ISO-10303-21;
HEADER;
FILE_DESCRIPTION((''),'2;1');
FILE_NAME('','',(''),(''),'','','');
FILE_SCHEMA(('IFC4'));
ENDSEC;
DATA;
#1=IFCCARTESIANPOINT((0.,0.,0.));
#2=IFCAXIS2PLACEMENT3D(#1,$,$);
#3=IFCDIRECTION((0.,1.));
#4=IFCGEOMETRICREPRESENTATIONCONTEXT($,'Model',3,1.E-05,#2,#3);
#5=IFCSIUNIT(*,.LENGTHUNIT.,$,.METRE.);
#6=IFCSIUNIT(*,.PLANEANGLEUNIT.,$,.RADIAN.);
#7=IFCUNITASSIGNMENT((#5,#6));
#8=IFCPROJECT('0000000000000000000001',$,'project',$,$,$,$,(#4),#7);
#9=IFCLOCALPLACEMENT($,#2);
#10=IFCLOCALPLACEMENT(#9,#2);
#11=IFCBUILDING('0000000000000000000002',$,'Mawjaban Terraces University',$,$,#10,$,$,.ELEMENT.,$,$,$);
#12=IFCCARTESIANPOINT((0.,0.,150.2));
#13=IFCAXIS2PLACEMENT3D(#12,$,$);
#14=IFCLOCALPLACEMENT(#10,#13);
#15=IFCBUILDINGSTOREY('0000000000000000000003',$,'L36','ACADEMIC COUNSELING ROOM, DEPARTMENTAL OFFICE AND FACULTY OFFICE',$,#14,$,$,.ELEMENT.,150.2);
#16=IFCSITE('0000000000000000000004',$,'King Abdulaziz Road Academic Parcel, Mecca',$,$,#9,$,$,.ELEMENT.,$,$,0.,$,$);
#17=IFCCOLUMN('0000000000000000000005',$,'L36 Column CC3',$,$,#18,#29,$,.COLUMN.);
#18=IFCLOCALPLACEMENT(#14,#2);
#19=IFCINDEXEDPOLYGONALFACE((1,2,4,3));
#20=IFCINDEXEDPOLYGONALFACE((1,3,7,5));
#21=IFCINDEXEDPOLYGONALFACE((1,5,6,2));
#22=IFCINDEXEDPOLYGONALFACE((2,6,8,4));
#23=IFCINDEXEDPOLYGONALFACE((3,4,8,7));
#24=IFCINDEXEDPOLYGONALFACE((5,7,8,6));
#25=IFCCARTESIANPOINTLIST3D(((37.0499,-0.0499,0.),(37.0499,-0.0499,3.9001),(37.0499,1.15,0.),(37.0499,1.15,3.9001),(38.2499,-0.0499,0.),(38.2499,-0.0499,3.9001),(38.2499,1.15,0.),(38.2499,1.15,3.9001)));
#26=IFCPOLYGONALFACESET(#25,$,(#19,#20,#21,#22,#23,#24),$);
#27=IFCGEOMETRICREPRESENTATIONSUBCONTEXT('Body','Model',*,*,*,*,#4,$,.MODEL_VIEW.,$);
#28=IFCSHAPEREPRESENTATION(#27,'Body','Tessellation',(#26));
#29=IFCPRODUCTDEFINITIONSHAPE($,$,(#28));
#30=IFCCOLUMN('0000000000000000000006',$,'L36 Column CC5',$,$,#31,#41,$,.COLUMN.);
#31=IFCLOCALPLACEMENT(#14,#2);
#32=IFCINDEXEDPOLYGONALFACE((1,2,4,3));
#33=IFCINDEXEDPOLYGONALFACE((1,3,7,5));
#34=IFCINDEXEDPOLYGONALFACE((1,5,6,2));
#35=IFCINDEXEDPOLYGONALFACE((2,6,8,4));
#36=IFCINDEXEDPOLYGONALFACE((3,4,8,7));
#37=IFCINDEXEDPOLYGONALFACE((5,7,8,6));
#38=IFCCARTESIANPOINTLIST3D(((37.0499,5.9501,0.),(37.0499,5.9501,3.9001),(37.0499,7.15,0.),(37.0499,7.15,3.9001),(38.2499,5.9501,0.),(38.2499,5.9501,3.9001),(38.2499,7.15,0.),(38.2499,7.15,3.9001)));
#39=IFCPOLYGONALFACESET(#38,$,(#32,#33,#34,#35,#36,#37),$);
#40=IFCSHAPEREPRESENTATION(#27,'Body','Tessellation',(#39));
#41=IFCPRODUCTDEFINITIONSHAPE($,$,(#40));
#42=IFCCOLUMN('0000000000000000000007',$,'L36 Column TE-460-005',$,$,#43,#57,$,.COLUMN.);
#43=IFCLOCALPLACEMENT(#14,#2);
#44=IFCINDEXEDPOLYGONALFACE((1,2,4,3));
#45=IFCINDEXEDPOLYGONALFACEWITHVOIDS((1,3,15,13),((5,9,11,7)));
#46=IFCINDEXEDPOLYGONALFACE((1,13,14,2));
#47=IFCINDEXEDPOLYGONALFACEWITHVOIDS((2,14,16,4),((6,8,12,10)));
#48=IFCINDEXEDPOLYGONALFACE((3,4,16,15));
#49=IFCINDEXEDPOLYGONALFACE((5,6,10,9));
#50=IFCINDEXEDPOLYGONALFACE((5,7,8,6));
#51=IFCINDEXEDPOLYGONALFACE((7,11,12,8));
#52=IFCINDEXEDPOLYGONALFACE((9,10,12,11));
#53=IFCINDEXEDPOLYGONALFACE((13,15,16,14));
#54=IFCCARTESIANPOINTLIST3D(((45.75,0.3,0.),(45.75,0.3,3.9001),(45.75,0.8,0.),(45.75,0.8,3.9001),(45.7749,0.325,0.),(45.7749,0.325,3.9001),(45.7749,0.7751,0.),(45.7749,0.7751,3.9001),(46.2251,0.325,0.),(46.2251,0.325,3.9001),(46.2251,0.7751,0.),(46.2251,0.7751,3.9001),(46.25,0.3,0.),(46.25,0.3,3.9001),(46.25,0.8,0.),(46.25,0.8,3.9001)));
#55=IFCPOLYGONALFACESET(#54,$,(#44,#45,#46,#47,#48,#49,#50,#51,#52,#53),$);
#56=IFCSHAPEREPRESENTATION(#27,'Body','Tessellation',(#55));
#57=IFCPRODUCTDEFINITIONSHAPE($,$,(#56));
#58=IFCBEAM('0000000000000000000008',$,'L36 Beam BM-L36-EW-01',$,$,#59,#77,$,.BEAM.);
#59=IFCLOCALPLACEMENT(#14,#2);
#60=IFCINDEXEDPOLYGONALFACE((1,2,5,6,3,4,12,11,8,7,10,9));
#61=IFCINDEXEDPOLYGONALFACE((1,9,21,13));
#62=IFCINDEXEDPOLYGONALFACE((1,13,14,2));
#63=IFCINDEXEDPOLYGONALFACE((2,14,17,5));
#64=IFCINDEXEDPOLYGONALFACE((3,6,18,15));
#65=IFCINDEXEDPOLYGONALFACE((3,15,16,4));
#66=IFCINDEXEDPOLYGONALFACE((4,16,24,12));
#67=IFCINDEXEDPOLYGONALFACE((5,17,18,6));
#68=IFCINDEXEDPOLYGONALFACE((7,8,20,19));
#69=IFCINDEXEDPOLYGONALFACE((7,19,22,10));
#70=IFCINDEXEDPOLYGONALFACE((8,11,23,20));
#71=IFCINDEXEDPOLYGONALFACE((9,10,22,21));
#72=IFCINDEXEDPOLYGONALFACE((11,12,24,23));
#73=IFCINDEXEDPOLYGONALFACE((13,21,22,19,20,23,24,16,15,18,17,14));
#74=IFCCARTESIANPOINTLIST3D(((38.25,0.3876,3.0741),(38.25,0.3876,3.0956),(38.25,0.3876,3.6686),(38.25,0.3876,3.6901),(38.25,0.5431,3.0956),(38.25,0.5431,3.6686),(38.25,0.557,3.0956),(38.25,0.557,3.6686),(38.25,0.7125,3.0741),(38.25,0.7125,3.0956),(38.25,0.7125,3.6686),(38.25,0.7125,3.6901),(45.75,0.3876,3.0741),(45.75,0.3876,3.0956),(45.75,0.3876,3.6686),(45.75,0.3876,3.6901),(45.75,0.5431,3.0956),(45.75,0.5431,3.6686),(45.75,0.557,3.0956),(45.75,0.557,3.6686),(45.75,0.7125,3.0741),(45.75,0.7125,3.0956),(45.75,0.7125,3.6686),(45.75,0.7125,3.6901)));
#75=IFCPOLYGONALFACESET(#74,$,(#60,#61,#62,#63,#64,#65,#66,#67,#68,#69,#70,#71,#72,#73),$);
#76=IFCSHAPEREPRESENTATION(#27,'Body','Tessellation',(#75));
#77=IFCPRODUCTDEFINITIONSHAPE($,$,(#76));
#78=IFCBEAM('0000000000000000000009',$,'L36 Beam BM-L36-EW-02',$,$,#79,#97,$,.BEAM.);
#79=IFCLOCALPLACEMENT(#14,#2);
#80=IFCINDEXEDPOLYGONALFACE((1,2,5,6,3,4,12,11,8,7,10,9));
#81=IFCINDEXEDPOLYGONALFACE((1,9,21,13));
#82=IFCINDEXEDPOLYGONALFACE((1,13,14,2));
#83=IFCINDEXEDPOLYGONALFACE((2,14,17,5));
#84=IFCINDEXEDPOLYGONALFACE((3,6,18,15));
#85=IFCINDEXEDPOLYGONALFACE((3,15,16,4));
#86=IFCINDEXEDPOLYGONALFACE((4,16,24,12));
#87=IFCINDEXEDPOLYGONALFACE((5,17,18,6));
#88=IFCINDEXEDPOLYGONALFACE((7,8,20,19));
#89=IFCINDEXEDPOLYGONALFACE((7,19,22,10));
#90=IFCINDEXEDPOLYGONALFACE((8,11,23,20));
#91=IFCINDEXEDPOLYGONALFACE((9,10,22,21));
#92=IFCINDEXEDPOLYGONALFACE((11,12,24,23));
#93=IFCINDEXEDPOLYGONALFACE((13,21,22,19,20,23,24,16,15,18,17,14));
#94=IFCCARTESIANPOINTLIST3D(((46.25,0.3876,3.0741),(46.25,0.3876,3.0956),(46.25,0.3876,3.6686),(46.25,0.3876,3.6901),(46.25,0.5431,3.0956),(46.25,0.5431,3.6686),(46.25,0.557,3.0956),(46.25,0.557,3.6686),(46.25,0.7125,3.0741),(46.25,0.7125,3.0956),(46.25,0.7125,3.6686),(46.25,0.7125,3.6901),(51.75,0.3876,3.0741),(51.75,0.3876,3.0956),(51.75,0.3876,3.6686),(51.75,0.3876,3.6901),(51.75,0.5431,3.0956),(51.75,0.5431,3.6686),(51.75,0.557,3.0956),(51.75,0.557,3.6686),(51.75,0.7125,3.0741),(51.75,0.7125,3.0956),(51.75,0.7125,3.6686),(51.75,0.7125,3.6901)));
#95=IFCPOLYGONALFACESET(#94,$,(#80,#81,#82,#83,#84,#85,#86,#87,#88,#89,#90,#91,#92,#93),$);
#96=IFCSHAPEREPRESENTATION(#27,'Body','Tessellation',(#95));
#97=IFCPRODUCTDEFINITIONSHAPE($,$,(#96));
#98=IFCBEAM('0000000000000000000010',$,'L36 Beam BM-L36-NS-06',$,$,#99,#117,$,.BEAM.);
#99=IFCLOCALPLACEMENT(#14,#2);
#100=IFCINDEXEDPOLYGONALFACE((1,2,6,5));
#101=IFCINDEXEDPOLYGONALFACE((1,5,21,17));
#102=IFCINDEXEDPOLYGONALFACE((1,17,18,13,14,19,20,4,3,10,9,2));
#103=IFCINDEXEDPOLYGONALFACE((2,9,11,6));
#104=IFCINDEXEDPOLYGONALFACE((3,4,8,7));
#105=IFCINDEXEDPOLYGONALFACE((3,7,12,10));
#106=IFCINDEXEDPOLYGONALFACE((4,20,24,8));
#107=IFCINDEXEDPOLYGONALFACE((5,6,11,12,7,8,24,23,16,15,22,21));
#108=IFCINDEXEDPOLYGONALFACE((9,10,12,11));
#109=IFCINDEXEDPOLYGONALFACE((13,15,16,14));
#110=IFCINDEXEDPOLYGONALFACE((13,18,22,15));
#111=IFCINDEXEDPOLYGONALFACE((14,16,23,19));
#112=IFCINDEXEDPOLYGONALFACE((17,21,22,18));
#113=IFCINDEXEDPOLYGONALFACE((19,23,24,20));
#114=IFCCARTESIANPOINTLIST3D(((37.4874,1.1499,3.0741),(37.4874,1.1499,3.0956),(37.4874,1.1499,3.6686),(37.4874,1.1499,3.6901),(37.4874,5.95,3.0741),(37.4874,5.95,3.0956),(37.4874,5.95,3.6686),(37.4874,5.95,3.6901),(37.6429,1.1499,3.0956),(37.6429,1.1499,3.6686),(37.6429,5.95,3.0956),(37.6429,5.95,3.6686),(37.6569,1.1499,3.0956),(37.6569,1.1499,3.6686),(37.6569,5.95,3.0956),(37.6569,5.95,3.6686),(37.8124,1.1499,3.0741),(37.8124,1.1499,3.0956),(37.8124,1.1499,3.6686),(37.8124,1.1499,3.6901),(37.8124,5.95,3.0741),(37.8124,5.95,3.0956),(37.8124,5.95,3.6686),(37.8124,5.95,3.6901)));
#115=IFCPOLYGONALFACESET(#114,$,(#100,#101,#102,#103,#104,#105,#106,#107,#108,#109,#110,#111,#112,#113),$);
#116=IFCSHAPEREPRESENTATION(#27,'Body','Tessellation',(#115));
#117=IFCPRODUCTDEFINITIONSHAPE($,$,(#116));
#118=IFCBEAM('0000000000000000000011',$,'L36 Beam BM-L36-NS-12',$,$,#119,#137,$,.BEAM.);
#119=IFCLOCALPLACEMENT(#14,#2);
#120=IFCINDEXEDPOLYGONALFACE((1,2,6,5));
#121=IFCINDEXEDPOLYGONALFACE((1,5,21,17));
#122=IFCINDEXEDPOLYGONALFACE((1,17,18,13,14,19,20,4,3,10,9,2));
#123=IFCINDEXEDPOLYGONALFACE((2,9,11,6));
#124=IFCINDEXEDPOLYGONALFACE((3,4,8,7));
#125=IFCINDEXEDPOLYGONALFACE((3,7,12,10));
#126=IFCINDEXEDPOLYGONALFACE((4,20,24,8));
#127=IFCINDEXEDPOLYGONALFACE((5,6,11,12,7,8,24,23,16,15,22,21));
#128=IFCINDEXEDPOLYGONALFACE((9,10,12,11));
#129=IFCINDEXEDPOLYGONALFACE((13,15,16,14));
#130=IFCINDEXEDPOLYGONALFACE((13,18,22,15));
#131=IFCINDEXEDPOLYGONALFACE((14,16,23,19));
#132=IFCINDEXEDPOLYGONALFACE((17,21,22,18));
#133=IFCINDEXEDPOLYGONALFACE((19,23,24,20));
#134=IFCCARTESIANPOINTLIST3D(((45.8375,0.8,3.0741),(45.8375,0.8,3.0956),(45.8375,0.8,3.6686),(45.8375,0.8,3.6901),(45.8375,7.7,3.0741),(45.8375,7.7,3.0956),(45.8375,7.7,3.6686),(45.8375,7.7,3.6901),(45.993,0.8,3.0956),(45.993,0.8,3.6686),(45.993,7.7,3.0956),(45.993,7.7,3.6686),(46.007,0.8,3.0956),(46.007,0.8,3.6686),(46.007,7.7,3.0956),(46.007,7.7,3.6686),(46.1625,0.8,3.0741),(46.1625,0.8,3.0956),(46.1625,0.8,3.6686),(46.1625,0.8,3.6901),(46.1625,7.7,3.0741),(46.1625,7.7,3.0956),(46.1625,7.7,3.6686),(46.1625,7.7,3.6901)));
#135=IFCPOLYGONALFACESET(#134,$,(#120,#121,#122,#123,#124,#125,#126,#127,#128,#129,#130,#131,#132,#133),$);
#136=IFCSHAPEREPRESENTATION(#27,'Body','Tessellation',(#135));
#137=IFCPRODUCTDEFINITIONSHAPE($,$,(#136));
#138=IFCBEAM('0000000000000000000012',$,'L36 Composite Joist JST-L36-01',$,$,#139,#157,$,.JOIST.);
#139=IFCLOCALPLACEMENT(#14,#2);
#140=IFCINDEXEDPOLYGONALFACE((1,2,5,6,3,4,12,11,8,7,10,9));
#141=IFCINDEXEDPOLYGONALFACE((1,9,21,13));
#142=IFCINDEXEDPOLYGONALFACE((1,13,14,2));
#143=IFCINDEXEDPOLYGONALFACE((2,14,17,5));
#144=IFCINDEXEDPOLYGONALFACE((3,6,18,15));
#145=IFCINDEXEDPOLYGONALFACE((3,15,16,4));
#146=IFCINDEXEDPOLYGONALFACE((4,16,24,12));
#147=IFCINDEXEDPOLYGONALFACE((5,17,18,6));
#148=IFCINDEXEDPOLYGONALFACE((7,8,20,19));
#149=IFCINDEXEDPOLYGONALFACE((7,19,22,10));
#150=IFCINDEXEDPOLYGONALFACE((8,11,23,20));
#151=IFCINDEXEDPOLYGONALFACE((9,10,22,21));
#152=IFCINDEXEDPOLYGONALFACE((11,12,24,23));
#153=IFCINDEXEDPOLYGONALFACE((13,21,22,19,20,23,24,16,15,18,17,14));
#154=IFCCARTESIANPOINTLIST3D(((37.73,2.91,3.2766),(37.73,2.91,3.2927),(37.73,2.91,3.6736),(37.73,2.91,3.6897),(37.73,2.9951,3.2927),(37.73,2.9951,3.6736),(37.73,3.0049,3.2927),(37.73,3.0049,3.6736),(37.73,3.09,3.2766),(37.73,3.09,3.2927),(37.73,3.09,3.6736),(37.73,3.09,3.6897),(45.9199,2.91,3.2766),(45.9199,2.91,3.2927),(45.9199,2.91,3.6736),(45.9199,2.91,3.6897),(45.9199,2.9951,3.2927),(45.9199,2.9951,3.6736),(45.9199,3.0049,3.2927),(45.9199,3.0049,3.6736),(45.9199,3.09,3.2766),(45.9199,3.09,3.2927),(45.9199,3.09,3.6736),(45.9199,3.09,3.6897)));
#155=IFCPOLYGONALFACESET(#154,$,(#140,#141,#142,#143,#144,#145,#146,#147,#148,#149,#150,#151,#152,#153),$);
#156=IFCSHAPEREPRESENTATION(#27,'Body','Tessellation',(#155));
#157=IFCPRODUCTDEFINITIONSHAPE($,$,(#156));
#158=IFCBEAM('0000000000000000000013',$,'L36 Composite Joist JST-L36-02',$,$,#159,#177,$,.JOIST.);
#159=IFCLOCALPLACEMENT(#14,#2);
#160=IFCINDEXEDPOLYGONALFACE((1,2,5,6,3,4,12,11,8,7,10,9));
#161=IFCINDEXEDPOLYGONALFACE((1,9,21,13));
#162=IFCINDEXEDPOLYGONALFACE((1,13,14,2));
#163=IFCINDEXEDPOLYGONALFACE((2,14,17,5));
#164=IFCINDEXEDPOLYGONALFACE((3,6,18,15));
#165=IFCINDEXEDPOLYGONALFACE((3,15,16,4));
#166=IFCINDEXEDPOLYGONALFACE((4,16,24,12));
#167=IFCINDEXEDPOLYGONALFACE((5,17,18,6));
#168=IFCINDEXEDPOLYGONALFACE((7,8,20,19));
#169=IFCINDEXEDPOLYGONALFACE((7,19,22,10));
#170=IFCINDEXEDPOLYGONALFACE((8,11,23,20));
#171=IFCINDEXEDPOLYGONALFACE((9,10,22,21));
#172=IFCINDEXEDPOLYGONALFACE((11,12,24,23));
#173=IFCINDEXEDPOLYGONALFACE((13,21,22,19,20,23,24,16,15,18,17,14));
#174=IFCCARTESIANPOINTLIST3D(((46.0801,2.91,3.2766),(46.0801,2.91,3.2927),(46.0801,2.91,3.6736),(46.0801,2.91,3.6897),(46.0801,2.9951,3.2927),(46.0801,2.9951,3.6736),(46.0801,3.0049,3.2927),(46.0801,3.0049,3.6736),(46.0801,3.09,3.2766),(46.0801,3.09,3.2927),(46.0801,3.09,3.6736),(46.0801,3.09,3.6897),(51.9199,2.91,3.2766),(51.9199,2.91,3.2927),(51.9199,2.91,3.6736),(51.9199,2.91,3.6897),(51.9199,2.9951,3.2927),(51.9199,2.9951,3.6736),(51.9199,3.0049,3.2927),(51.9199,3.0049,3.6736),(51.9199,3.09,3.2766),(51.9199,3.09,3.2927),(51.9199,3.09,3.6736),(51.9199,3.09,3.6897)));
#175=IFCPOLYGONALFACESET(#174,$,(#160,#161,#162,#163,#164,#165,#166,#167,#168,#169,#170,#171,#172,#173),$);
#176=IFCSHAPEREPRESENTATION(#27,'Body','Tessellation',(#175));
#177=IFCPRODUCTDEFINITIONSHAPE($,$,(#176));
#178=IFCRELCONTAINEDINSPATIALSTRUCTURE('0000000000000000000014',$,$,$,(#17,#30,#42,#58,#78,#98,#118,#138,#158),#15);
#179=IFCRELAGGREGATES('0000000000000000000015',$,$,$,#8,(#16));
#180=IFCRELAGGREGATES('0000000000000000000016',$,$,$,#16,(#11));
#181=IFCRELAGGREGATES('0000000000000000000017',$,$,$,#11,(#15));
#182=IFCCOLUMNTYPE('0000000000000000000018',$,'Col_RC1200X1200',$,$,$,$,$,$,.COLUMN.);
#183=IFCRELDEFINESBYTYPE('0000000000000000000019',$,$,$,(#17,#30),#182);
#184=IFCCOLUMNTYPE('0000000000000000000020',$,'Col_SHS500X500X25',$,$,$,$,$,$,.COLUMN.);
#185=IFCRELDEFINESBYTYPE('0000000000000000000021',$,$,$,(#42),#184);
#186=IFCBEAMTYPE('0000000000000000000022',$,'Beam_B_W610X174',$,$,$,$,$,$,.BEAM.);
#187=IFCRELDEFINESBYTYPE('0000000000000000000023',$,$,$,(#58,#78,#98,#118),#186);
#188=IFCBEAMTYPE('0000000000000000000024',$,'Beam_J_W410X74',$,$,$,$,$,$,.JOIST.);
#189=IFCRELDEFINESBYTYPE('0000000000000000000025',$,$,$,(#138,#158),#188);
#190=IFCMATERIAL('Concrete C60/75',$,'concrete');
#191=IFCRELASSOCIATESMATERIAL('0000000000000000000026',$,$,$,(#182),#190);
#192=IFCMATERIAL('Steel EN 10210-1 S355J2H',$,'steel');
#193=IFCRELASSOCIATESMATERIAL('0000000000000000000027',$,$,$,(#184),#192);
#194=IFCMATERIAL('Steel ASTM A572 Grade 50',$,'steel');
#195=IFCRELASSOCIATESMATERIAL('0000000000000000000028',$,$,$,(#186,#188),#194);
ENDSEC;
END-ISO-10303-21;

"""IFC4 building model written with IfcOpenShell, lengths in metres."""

from ifc_helpers import new_model, si_unit, direction, frame, origin, origin_2d, place, context, subcontext, project, spatial, rectangle, hollow_rectangle, i_section, extrude, material, material_profile, profile_set, type_object, element, save


model = new_model("IFC4")

# Units and contexts
model_context = context("Model", 3, precision=1e-05, world=origin(), true_north=direction((0.0, 1.0)))
body_context = subcontext(model_context, "Body", "Model", "MODEL_VIEW")
ifc_project = project(units=[si_unit("LENGTHUNIT", "METRE"), si_unit("PLANEANGLEUNIT", "RADIAN")], contexts=[model_context])

# Site, building, storey
site_placement = place(None, origin())
site = spatial("IfcSite", under=ifc_project, at=site_placement, Name="King Abdulaziz Road Academic Parcel, Mecca", CompositionType="ELEMENT", RefElevation=0.0)
building_placement = place(site_placement, origin())
building = spatial("IfcBuilding", under=site, at=building_placement, Name="Mawjaban Terraces University", CompositionType="ELEMENT")
storey_placement = place(building_placement, frame((0.0, 0.0, 150.2)))
storey = spatial("IfcBuildingStorey", under=building, at=storey_placement, Name="L36", Description="ACADEMIC COUNSELING ROOM, DEPARTMENTAL OFFICE AND FACULTY OFFICE", CompositionType="ELEMENT", Elevation=150.2)

# Columns
ifc_material_1 = material(Name="Concrete C60/75", Category="concrete")
ifc_material_profile_1 = material_profile(ifc_material_1, rectangle(XDim=1.2, YDim=1.2, at=origin_2d()), Name="RC1200X1200")
ifc_profile_set_1 = profile_set([ifc_material_profile_1], Name="Concrete C60/75")
column_type_1 = type_object("IfcColumnType", Name="Col_RC1200X1200", PredefinedType="COLUMN", material=ifc_profile_set_1)
for number, where, z_axis, x_axis, name in (
    (1, (37.6499, 0.55, 0.0), (0.0, 0.0, 1.0), (1.0, 0.0, 0.0), "L36 Column CC3"),
    (2, (37.6499, 6.55, 0.0), (0.0, 0.0, 1.0), (1.0, 0.0, 0.0), "L36 Column CC5"),
):
    element("IfcColumn", number, at=place(storey_placement, frame(where, z_axis=z_axis, x_axis=x_axis)), inside=storey, type_object=column_type_1, Name=name, PredefinedType="COLUMN", context=body_context, shape_type="SweptSolid", body=[
        extrude(rectangle(XDim=1.2, YDim=1.2, at=origin_2d()), origin(), (0.0, 0.0, 1.0), 3.9001),
    ])
ifc_material_2 = material(Name="Steel EN 10210-1 S355J2H", Category="steel")
ifc_material_profile_2 = material_profile(ifc_material_2, hollow_rectangle(XDim=0.5, YDim=0.5, WallThickness=0.0249, at=origin_2d()), Name="SHS500X500X25")
ifc_profile_set_2 = profile_set([ifc_material_profile_2], Name="Steel EN 10210-1 S355J2H")
column_type_2 = type_object("IfcColumnType", Name="Col_SHS500X500X25", PredefinedType="COLUMN", material=ifc_profile_set_2)
column_placement = place(storey_placement, frame((46.0, 0.55, 0.0), z_axis=(0.0, 0.0, 1.0), x_axis=(1.0, 0.0, 0.0)))
element("IfcColumn", 3, at=column_placement, inside=storey, type_object=column_type_2, Name="L36 Column TE-460-005", PredefinedType="COLUMN", context=body_context, shape_type="SweptSolid", body=[
    extrude(hollow_rectangle(XDim=0.5, YDim=0.5, WallThickness=0.0249, at=origin_2d()), origin(), (0.0, 0.0, 1.0), 3.9001),
])

# Beams
ifc_material_3 = material(Name="Steel ASTM A572 Grade 50", Category="steel")
ifc_material_profile_3 = material_profile(ifc_material_3, i_section(OverallWidth=0.325, OverallDepth=0.616, WebThickness=0.0139, FlangeThickness=0.0215, at=origin_2d()), Name="W610X174")
ifc_profile_set_3 = profile_set([ifc_material_profile_3], Name="Steel ASTM A572 Grade 50")
beam_type_1 = type_object("IfcBeamType", Name="Beam_B_W610X174", PredefinedType="BEAM", material=ifc_profile_set_3)
beam_1_placement = place(storey_placement, frame((38.25, 0.55, 3.3821), z_axis=(1.0, 0.0, 0.0), x_axis=(0.0, 1.0, 0.0)))
element("IfcBeam", 4, at=beam_1_placement, inside=storey, type_object=beam_type_1, Name="L36 Beam BM-L36-EW-01", PredefinedType="BEAM", context=body_context, shape_type="SweptSolid", body=[
    extrude(i_section(OverallWidth=0.325, OverallDepth=0.616, WebThickness=0.0139, FlangeThickness=0.0215, at=origin_2d()), origin(), (0.0, 0.0, 1.0), 7.5),
])
beam_2_placement = place(storey_placement, frame((46.25, 0.55, 3.3821), z_axis=(1.0, 0.0, 0.0), x_axis=(0.0, 1.0, 0.0)))
element("IfcBeam", 5, at=beam_2_placement, inside=storey, type_object=beam_type_1, Name="L36 Beam BM-L36-EW-02", PredefinedType="BEAM", context=body_context, shape_type="SweptSolid", body=[
    extrude(i_section(OverallWidth=0.325, OverallDepth=0.616, WebThickness=0.0139, FlangeThickness=0.0215, at=origin_2d()), origin(), (0.0, 0.0, 1.0), 5.5),
])
beam_3_placement = place(storey_placement, frame((37.6499, 1.1499, 3.3821), z_axis=(0.0, 1.0, 0.0), x_axis=(-1.0, 0.0, 0.0)))
element("IfcBeam", 6, at=beam_3_placement, inside=storey, type_object=beam_type_1, Name="L36 Beam BM-L36-NS-06", PredefinedType="BEAM", context=body_context, shape_type="SweptSolid", body=[
    extrude(i_section(OverallWidth=0.325, OverallDepth=0.616, WebThickness=0.0139, FlangeThickness=0.0215, at=origin_2d()), origin(), (0.0, 0.0, 1.0), 4.8),
])
beam_4_placement = place(storey_placement, frame((46.0, 0.8, 3.3821), z_axis=(0.0, 1.0, 0.0), x_axis=(-1.0, 0.0, 0.0)))
element("IfcBeam", 7, at=beam_4_placement, inside=storey, type_object=beam_type_1, Name="L36 Beam BM-L36-NS-12", PredefinedType="BEAM", context=body_context, shape_type="SweptSolid", body=[
    extrude(i_section(OverallWidth=0.325, OverallDepth=0.616, WebThickness=0.0139, FlangeThickness=0.0215, at=origin_2d()), origin(), (0.0, 0.0, 1.0), 6.8999),
])
ifc_material_profile_4 = material_profile(ifc_material_3, i_section(OverallWidth=0.1799, OverallDepth=0.4131, WebThickness=0.0098, FlangeThickness=0.0161, at=origin_2d()), Name="W410X74")
ifc_profile_set_4 = profile_set([ifc_material_profile_4], Name="Steel ASTM A572 Grade 50")
beam_type_2 = type_object("IfcBeamType", Name="Beam_J_W410X74", PredefinedType="JOIST", material=ifc_profile_set_4)
beam_5_placement = place(storey_placement, frame((37.73, 3.0, 3.4832), z_axis=(1.0, 0.0, 0.0), x_axis=(0.0, 1.0, 0.0)))
element("IfcBeam", 8, at=beam_5_placement, inside=storey, type_object=beam_type_2, Name="L36 Composite Joist JST-L36-01", PredefinedType="JOIST", context=body_context, shape_type="SweptSolid", body=[
    extrude(i_section(OverallWidth=0.1799, OverallDepth=0.4131, WebThickness=0.0098, FlangeThickness=0.0161, at=origin_2d()), origin(), (0.0, 0.0, 1.0), 8.1899),
])
beam_6_placement = place(storey_placement, frame((46.0801, 3.0, 3.4832), z_axis=(1.0, 0.0, 0.0), x_axis=(0.0, 1.0, 0.0)))
element("IfcBeam", 9, at=beam_6_placement, inside=storey, type_object=beam_type_2, Name="L36 Composite Joist JST-L36-02", PredefinedType="JOIST", context=body_context, shape_type="SweptSolid", body=[
    extrude(i_section(OverallWidth=0.1799, OverallDepth=0.4131, WebThickness=0.0098, FlangeThickness=0.0161, at=origin_2d()), origin(), (0.0, 0.0, 1.0), 5.8398),
])

save(model, "model.ifc")
